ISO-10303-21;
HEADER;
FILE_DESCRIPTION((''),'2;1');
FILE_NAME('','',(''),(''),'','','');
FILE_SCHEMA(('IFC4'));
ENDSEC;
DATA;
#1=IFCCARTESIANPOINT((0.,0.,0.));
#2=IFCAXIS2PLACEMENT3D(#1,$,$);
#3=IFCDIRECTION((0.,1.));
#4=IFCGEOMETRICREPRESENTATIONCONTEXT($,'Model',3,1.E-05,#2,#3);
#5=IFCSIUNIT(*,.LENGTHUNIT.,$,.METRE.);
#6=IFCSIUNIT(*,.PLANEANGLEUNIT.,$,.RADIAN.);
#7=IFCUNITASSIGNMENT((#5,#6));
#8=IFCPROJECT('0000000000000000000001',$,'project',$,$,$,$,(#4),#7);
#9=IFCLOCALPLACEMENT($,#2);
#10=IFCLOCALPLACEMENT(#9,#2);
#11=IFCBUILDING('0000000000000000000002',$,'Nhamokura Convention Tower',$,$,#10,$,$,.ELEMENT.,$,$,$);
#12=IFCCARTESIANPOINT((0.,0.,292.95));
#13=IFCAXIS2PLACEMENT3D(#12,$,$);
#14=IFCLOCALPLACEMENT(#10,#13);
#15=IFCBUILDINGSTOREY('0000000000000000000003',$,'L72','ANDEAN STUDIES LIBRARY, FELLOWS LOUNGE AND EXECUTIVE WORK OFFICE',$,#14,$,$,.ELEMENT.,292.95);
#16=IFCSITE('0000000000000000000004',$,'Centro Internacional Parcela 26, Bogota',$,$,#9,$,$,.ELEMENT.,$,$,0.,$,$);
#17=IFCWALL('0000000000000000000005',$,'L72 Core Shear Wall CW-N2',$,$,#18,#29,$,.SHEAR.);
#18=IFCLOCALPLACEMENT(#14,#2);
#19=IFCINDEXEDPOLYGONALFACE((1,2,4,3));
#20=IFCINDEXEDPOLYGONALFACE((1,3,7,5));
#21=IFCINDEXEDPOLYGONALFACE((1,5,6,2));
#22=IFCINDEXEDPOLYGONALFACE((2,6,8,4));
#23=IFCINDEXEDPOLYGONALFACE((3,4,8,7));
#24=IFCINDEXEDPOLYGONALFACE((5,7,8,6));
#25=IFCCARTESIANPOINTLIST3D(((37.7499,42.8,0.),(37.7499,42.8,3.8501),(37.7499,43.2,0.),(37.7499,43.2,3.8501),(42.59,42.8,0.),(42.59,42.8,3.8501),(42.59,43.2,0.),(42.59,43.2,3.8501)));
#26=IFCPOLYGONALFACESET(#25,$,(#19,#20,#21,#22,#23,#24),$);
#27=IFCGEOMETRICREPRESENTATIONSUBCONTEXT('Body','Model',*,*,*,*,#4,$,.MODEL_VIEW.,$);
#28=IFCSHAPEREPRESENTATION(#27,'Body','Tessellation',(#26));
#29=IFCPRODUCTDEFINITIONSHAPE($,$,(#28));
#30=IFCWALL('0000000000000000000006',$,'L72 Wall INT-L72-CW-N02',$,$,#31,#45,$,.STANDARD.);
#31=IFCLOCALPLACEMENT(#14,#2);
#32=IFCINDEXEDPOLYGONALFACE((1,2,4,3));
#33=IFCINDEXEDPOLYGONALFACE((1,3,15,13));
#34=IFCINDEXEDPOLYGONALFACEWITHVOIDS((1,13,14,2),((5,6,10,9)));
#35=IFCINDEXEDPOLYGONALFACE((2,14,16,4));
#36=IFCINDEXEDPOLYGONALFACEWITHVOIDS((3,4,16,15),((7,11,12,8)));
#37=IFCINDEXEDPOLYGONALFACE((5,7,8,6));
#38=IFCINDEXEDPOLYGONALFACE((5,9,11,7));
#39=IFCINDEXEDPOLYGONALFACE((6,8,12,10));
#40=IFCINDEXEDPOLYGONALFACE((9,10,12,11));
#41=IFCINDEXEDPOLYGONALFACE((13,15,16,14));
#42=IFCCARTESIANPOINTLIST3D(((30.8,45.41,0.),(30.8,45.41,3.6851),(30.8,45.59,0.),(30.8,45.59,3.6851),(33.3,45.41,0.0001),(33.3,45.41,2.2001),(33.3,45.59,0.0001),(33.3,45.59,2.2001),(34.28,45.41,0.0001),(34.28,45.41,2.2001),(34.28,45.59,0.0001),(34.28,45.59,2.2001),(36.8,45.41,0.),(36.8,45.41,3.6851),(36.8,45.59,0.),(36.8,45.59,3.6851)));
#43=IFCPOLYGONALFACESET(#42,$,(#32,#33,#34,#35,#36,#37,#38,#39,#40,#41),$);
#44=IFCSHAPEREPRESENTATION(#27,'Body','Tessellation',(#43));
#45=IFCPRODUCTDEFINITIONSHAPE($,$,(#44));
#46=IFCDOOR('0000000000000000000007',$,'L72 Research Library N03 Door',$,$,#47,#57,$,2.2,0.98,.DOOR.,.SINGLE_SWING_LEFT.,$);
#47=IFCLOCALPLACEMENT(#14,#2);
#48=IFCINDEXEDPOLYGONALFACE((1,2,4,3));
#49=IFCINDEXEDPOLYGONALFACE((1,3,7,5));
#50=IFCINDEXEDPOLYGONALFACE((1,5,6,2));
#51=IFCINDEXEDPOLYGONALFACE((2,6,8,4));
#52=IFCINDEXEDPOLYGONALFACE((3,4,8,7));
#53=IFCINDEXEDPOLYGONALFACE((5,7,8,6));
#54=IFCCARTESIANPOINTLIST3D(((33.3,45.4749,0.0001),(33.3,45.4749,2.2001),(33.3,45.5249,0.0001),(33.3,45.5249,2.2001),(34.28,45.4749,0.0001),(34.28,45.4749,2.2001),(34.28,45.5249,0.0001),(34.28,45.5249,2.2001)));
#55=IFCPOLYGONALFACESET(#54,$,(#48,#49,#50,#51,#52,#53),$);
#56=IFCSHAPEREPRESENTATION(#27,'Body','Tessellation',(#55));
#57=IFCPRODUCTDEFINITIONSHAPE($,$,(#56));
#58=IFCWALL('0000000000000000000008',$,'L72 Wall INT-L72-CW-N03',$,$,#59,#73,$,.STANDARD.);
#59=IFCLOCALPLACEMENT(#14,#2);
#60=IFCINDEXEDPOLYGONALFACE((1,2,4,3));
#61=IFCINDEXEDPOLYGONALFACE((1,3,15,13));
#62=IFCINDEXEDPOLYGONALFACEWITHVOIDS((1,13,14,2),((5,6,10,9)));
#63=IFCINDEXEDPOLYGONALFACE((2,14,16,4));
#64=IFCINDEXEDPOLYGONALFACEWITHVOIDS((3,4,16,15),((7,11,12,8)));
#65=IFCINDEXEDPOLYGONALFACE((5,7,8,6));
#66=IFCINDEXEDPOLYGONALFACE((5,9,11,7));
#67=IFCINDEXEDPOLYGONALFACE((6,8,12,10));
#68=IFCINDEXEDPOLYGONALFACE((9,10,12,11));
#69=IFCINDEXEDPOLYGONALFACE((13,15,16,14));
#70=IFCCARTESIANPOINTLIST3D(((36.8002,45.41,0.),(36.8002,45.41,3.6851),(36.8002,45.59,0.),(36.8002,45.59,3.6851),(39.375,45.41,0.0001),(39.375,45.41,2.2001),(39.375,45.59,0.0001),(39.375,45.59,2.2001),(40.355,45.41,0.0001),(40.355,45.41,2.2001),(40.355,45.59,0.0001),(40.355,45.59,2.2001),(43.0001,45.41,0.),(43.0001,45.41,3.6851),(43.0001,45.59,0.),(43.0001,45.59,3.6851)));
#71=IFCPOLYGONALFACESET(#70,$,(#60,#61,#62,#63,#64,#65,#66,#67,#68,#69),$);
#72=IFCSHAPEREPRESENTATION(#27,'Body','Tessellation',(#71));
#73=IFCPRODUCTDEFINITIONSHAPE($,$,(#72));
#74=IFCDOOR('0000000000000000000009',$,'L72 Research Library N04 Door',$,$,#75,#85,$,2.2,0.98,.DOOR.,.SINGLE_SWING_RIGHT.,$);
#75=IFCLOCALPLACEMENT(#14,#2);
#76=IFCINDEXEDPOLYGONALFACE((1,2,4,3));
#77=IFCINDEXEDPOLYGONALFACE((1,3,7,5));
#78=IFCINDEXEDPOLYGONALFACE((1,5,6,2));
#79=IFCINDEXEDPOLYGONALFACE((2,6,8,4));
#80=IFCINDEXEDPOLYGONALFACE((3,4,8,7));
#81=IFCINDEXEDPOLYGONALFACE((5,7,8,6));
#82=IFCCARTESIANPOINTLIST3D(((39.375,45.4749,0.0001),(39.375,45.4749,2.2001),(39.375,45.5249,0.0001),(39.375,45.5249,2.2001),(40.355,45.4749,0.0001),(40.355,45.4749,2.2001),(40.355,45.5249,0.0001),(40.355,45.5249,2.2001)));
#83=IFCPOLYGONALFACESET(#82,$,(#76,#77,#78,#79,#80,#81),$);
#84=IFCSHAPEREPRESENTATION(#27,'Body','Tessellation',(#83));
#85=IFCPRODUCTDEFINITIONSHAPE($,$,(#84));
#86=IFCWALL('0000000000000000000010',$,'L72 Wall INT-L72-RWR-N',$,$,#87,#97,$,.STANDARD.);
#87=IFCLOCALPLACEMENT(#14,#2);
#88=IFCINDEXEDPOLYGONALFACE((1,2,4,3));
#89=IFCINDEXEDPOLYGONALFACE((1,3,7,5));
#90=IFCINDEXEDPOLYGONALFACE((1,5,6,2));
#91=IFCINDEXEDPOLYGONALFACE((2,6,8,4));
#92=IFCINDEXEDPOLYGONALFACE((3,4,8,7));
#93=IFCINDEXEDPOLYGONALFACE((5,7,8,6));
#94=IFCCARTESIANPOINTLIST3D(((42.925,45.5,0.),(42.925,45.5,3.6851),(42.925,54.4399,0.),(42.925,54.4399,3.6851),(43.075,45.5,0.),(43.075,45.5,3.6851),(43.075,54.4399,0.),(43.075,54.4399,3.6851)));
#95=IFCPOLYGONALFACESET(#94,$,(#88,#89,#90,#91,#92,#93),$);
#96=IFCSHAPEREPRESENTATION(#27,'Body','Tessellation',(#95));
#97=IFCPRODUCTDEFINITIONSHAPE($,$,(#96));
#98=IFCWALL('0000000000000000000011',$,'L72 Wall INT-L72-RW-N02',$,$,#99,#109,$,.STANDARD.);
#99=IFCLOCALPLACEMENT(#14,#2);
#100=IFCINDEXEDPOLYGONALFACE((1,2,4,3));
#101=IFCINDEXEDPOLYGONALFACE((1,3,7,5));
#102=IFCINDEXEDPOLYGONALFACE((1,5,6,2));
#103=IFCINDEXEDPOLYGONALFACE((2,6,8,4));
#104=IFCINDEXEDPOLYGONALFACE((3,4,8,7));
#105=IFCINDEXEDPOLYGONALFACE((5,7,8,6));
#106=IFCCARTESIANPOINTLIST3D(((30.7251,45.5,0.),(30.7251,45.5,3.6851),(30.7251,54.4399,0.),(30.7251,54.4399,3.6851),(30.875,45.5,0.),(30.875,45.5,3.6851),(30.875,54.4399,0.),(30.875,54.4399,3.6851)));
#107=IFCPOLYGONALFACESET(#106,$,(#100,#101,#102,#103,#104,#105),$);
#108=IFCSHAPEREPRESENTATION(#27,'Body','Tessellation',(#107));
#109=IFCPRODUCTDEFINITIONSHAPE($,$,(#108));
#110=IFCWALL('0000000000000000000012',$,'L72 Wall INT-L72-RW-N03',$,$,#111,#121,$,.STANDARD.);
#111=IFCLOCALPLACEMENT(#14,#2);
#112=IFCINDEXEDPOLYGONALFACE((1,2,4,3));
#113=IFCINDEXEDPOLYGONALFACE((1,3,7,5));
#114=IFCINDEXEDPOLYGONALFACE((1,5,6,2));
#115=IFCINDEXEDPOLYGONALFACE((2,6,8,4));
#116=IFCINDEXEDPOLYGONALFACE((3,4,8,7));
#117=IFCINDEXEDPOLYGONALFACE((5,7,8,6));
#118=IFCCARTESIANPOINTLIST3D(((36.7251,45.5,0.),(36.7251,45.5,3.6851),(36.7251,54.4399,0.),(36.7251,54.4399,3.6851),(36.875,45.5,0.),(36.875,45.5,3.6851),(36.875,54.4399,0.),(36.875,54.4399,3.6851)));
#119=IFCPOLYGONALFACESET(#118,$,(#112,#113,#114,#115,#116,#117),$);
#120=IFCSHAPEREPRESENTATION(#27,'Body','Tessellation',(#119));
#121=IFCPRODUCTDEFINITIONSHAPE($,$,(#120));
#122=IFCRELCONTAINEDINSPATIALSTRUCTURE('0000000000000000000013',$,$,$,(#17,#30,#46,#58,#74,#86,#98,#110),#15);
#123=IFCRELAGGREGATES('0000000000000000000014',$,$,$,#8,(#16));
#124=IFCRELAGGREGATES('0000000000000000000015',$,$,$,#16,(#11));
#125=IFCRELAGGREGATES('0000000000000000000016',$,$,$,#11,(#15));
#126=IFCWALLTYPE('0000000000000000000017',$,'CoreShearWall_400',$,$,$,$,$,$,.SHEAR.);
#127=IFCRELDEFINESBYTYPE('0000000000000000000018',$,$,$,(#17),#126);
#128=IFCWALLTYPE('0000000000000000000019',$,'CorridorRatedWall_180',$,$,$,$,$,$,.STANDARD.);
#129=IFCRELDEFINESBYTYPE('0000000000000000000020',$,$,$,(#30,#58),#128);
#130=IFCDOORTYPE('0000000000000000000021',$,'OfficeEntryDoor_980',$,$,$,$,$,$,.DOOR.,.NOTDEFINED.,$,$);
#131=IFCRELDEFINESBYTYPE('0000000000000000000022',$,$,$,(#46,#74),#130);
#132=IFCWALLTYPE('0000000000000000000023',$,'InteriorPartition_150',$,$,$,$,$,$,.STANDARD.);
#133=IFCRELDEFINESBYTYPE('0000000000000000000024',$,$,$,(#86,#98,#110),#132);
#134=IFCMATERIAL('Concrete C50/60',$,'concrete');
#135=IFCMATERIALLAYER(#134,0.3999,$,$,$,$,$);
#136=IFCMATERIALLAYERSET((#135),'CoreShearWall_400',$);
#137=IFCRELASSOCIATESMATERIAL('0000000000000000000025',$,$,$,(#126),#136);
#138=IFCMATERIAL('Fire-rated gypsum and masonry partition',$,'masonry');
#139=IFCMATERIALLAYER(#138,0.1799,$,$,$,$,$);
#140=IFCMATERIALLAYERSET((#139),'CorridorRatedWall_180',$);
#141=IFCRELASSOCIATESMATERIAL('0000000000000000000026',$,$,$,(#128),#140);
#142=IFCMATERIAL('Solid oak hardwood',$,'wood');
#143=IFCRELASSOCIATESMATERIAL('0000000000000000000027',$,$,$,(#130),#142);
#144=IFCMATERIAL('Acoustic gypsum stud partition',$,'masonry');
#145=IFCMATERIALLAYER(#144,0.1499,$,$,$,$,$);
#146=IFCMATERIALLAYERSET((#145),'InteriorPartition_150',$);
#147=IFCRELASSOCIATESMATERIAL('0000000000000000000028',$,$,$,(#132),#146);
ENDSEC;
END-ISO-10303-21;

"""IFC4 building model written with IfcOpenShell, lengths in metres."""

from ifc_helpers import new_model, si_unit, direction, frame, frame_2d, origin, place, context, subcontext, project, spatial, rectangle, extrude, material, layer, layer_set, type_object, element, fill, save


model = new_model("IFC4")

# Units and contexts
model_context = context("Model", 3, precision=1e-05, world=origin(), true_north=direction((0.0, 1.0)))
body_context = subcontext(model_context, "Body", "Model", "MODEL_VIEW")
ifc_project = project(units=[si_unit("LENGTHUNIT", "METRE"), si_unit("PLANEANGLEUNIT", "RADIAN")], contexts=[model_context])

# Site, building, storey
site_placement = place(None, origin())
site = spatial("IfcSite", under=ifc_project, at=site_placement, Name="Centro Internacional Parcela 26, Bogota", CompositionType="ELEMENT", RefElevation=0.0)
building_placement = place(site_placement, origin())
building = spatial("IfcBuilding", under=site, at=building_placement, Name="Nhamokura Convention Tower", CompositionType="ELEMENT")
storey_placement = place(building_placement, frame((0.0, 0.0, 292.95)))
storey = spatial("IfcBuildingStorey", under=building, at=storey_placement, Name="L72", Description="ANDEAN STUDIES LIBRARY, FELLOWS LOUNGE AND EXECUTIVE WORK OFFICE", CompositionType="ELEMENT", Elevation=292.95)

# Wall
ifc_material_1 = material(Name="Concrete C50/60", Category="concrete")
ifc_layer_1 = layer(ifc_material_1, 0.3999)
ifc_layer_set_1 = layer_set([ifc_layer_1], Name="CoreShearWall_400")
wall_type_1 = type_object("IfcWallType", Name="CoreShearWall_400", PredefinedType="SHEAR", material=ifc_layer_set_1)
wall_1_placement = place(storey_placement, frame((37.75, 43.0, 0.0), z_axis=(0.0, 0.0, 1.0), x_axis=(1.0, 0.0, 0.0)))
element("IfcWall", 1, at=wall_1_placement, inside=storey, type_object=wall_type_1, Name="L72 Core Shear Wall CW-N2", PredefinedType="SHEAR", context=body_context, shape_type="SweptSolid", body=[
    extrude(rectangle(XDim=4.8401, YDim=0.3999, at=frame_2d((2.4199, 0.0))), origin(), (0.0, 0.0, 1.0), 3.8501),
])

# Walls, openings, doors
ifc_material_2 = material(Name="Fire-rated gypsum and masonry partition", Category="masonry")
ifc_layer_2 = layer(ifc_material_2, 0.1799)
ifc_layer_set_2 = layer_set([ifc_layer_2], Name="CorridorRatedWall_180")
wall_type_2 = type_object("IfcWallType", Name="CorridorRatedWall_180", PredefinedType="STANDARD", material=ifc_layer_set_2)
wall_2_placement = place(storey_placement, frame((30.8, 45.5, 0.0), z_axis=(0.0, 0.0, 1.0), x_axis=(1.0, 0.0, 0.0)))
wall_2 = element("IfcWall", 2, at=wall_2_placement, inside=storey, type_object=wall_type_2, Name="L72 Wall INT-L72-CW-N02", PredefinedType="STANDARD", context=body_context, shape_type="SweptSolid", body=[
    extrude(rectangle(XDim=6.0, YDim=0.1799, at=frame_2d((3.0, 0.0))), origin(), (0.0, 0.0, 1.0), 3.6851),
])
opening_1_placement = place(wall_2_placement, frame((2.5, 0.0, 0.0)))
opening_1 = element("IfcOpeningElement", 3, at=opening_1_placement, cuts=wall_2, PredefinedType="OPENING", context=body_context, shape_type="SweptSolid", body=[
    extrude(rectangle(XDim=0.98, YDim=2.2, at=frame_2d((0.49, 1.1001))), frame((0.0, 0.0999, 0.0), z_axis=(0.0, -1.0, 0.0), x_axis=(1.0, 0.0, 0.0)), (0.0, 0.0, 1.0), 0.2),
])
ifc_material_3 = material(Name="Solid oak hardwood", Category="wood")
door_type = type_object("IfcDoorType", Name="OfficeEntryDoor_980", OperationType="NOTDEFINED", PredefinedType="DOOR", material=ifc_material_3)
door_1_placement = place(opening_1_placement, origin())
door_1 = element("IfcDoor", 4, at=door_1_placement, inside=storey, type_object=door_type, Name="L72 Research Library N03 Door", OperationType="SINGLE_SWING_LEFT", OverallHeight=2.2, OverallWidth=0.98, PredefinedType="DOOR", context=body_context, shape_type="SweptSolid", body=[
    extrude(rectangle(XDim=0.98, YDim=2.2, at=frame_2d((0.49, 1.1001))), frame((0.0, 0.0249, 0.0), z_axis=(0.0, -1.0, 0.0), x_axis=(1.0, 0.0, 0.0)), (0.0, 0.0, 1.0), 0.05),
])
fill(opening_1, door_1)
wall_3_placement = place(storey_placement, frame((36.8, 45.5, 0.0), z_axis=(0.0, 0.0, 1.0), x_axis=(1.0, 0.0, 0.0)))
wall_3 = element("IfcWall", 5, at=wall_3_placement, inside=storey, type_object=wall_type_2, Name="L72 Wall INT-L72-CW-N03", PredefinedType="STANDARD", context=body_context, shape_type="SweptSolid", body=[
    extrude(rectangle(XDim=6.2, YDim=0.1799, at=frame_2d((3.1001, 0.0))), origin(), (0.0, 0.0, 1.0), 3.6851),
])
opening_2_placement = place(wall_3_placement, frame((2.575, 0.0, 0.0)))
opening_2 = element("IfcOpeningElement", 6, at=opening_2_placement, cuts=wall_3, PredefinedType="OPENING", context=body_context, shape_type="SweptSolid", body=[
    extrude(rectangle(XDim=0.98, YDim=2.2, at=frame_2d((0.49, 1.1001))), frame((0.0, 0.0999, 0.0), z_axis=(0.0, -1.0, 0.0), x_axis=(1.0, 0.0, 0.0)), (0.0, 0.0, 1.0), 0.2),
])
door_2_placement = place(opening_2_placement, origin())
door_2 = element("IfcDoor", 7, at=door_2_placement, inside=storey, type_object=door_type, Name="L72 Research Library N04 Door", OperationType="SINGLE_SWING_RIGHT", OverallHeight=2.2, OverallWidth=0.98, PredefinedType="DOOR", context=body_context, shape_type="SweptSolid", body=[
    extrude(rectangle(XDim=0.98, YDim=2.2, at=frame_2d((0.49, 1.1001))), frame((0.0, 0.0249, 0.0), z_axis=(0.0, -1.0, 0.0), x_axis=(1.0, 0.0, 0.0)), (0.0, 0.0, 1.0), 0.05),
])
fill(opening_2, door_2)

# Walls
ifc_material_4 = material(Name="Acoustic gypsum stud partition", Category="masonry")
ifc_layer_3 = layer(ifc_material_4, 0.1499)
ifc_layer_set_3 = layer_set([ifc_layer_3], Name="InteriorPartition_150")
wall_type_3 = type_object("IfcWallType", Name="InteriorPartition_150", PredefinedType="STANDARD", material=ifc_layer_set_3)
for number, where, z_axis, x_axis, name in (
    (8, (43.0, 45.5, 0.0), (0.0, 0.0, 1.0), (0.0, 1.0, 0.0), "L72 Wall INT-L72-RWR-N"),
    (9, (30.8, 45.5, 0.0), (0.0, 0.0, 1.0), (0.0, 1.0, 0.0), "L72 Wall INT-L72-RW-N02"),
    (10, (36.8, 45.5, 0.0), (0.0, 0.0, 1.0), (0.0, 1.0, 0.0), "L72 Wall INT-L72-RW-N03"),
):
    element("IfcWall", number, at=place(storey_placement, frame(where, z_axis=z_axis, x_axis=x_axis)), inside=storey, type_object=wall_type_3, Name=name, PredefinedType="STANDARD", context=body_context, shape_type="SweptSolid", body=[
        extrude(rectangle(XDim=8.9399, YDim=0.1499, at=frame_2d((4.47, 0.0))), origin(), (0.0, 0.0, 1.0), 3.6851),
    ])

save(model, "model.ifc")
